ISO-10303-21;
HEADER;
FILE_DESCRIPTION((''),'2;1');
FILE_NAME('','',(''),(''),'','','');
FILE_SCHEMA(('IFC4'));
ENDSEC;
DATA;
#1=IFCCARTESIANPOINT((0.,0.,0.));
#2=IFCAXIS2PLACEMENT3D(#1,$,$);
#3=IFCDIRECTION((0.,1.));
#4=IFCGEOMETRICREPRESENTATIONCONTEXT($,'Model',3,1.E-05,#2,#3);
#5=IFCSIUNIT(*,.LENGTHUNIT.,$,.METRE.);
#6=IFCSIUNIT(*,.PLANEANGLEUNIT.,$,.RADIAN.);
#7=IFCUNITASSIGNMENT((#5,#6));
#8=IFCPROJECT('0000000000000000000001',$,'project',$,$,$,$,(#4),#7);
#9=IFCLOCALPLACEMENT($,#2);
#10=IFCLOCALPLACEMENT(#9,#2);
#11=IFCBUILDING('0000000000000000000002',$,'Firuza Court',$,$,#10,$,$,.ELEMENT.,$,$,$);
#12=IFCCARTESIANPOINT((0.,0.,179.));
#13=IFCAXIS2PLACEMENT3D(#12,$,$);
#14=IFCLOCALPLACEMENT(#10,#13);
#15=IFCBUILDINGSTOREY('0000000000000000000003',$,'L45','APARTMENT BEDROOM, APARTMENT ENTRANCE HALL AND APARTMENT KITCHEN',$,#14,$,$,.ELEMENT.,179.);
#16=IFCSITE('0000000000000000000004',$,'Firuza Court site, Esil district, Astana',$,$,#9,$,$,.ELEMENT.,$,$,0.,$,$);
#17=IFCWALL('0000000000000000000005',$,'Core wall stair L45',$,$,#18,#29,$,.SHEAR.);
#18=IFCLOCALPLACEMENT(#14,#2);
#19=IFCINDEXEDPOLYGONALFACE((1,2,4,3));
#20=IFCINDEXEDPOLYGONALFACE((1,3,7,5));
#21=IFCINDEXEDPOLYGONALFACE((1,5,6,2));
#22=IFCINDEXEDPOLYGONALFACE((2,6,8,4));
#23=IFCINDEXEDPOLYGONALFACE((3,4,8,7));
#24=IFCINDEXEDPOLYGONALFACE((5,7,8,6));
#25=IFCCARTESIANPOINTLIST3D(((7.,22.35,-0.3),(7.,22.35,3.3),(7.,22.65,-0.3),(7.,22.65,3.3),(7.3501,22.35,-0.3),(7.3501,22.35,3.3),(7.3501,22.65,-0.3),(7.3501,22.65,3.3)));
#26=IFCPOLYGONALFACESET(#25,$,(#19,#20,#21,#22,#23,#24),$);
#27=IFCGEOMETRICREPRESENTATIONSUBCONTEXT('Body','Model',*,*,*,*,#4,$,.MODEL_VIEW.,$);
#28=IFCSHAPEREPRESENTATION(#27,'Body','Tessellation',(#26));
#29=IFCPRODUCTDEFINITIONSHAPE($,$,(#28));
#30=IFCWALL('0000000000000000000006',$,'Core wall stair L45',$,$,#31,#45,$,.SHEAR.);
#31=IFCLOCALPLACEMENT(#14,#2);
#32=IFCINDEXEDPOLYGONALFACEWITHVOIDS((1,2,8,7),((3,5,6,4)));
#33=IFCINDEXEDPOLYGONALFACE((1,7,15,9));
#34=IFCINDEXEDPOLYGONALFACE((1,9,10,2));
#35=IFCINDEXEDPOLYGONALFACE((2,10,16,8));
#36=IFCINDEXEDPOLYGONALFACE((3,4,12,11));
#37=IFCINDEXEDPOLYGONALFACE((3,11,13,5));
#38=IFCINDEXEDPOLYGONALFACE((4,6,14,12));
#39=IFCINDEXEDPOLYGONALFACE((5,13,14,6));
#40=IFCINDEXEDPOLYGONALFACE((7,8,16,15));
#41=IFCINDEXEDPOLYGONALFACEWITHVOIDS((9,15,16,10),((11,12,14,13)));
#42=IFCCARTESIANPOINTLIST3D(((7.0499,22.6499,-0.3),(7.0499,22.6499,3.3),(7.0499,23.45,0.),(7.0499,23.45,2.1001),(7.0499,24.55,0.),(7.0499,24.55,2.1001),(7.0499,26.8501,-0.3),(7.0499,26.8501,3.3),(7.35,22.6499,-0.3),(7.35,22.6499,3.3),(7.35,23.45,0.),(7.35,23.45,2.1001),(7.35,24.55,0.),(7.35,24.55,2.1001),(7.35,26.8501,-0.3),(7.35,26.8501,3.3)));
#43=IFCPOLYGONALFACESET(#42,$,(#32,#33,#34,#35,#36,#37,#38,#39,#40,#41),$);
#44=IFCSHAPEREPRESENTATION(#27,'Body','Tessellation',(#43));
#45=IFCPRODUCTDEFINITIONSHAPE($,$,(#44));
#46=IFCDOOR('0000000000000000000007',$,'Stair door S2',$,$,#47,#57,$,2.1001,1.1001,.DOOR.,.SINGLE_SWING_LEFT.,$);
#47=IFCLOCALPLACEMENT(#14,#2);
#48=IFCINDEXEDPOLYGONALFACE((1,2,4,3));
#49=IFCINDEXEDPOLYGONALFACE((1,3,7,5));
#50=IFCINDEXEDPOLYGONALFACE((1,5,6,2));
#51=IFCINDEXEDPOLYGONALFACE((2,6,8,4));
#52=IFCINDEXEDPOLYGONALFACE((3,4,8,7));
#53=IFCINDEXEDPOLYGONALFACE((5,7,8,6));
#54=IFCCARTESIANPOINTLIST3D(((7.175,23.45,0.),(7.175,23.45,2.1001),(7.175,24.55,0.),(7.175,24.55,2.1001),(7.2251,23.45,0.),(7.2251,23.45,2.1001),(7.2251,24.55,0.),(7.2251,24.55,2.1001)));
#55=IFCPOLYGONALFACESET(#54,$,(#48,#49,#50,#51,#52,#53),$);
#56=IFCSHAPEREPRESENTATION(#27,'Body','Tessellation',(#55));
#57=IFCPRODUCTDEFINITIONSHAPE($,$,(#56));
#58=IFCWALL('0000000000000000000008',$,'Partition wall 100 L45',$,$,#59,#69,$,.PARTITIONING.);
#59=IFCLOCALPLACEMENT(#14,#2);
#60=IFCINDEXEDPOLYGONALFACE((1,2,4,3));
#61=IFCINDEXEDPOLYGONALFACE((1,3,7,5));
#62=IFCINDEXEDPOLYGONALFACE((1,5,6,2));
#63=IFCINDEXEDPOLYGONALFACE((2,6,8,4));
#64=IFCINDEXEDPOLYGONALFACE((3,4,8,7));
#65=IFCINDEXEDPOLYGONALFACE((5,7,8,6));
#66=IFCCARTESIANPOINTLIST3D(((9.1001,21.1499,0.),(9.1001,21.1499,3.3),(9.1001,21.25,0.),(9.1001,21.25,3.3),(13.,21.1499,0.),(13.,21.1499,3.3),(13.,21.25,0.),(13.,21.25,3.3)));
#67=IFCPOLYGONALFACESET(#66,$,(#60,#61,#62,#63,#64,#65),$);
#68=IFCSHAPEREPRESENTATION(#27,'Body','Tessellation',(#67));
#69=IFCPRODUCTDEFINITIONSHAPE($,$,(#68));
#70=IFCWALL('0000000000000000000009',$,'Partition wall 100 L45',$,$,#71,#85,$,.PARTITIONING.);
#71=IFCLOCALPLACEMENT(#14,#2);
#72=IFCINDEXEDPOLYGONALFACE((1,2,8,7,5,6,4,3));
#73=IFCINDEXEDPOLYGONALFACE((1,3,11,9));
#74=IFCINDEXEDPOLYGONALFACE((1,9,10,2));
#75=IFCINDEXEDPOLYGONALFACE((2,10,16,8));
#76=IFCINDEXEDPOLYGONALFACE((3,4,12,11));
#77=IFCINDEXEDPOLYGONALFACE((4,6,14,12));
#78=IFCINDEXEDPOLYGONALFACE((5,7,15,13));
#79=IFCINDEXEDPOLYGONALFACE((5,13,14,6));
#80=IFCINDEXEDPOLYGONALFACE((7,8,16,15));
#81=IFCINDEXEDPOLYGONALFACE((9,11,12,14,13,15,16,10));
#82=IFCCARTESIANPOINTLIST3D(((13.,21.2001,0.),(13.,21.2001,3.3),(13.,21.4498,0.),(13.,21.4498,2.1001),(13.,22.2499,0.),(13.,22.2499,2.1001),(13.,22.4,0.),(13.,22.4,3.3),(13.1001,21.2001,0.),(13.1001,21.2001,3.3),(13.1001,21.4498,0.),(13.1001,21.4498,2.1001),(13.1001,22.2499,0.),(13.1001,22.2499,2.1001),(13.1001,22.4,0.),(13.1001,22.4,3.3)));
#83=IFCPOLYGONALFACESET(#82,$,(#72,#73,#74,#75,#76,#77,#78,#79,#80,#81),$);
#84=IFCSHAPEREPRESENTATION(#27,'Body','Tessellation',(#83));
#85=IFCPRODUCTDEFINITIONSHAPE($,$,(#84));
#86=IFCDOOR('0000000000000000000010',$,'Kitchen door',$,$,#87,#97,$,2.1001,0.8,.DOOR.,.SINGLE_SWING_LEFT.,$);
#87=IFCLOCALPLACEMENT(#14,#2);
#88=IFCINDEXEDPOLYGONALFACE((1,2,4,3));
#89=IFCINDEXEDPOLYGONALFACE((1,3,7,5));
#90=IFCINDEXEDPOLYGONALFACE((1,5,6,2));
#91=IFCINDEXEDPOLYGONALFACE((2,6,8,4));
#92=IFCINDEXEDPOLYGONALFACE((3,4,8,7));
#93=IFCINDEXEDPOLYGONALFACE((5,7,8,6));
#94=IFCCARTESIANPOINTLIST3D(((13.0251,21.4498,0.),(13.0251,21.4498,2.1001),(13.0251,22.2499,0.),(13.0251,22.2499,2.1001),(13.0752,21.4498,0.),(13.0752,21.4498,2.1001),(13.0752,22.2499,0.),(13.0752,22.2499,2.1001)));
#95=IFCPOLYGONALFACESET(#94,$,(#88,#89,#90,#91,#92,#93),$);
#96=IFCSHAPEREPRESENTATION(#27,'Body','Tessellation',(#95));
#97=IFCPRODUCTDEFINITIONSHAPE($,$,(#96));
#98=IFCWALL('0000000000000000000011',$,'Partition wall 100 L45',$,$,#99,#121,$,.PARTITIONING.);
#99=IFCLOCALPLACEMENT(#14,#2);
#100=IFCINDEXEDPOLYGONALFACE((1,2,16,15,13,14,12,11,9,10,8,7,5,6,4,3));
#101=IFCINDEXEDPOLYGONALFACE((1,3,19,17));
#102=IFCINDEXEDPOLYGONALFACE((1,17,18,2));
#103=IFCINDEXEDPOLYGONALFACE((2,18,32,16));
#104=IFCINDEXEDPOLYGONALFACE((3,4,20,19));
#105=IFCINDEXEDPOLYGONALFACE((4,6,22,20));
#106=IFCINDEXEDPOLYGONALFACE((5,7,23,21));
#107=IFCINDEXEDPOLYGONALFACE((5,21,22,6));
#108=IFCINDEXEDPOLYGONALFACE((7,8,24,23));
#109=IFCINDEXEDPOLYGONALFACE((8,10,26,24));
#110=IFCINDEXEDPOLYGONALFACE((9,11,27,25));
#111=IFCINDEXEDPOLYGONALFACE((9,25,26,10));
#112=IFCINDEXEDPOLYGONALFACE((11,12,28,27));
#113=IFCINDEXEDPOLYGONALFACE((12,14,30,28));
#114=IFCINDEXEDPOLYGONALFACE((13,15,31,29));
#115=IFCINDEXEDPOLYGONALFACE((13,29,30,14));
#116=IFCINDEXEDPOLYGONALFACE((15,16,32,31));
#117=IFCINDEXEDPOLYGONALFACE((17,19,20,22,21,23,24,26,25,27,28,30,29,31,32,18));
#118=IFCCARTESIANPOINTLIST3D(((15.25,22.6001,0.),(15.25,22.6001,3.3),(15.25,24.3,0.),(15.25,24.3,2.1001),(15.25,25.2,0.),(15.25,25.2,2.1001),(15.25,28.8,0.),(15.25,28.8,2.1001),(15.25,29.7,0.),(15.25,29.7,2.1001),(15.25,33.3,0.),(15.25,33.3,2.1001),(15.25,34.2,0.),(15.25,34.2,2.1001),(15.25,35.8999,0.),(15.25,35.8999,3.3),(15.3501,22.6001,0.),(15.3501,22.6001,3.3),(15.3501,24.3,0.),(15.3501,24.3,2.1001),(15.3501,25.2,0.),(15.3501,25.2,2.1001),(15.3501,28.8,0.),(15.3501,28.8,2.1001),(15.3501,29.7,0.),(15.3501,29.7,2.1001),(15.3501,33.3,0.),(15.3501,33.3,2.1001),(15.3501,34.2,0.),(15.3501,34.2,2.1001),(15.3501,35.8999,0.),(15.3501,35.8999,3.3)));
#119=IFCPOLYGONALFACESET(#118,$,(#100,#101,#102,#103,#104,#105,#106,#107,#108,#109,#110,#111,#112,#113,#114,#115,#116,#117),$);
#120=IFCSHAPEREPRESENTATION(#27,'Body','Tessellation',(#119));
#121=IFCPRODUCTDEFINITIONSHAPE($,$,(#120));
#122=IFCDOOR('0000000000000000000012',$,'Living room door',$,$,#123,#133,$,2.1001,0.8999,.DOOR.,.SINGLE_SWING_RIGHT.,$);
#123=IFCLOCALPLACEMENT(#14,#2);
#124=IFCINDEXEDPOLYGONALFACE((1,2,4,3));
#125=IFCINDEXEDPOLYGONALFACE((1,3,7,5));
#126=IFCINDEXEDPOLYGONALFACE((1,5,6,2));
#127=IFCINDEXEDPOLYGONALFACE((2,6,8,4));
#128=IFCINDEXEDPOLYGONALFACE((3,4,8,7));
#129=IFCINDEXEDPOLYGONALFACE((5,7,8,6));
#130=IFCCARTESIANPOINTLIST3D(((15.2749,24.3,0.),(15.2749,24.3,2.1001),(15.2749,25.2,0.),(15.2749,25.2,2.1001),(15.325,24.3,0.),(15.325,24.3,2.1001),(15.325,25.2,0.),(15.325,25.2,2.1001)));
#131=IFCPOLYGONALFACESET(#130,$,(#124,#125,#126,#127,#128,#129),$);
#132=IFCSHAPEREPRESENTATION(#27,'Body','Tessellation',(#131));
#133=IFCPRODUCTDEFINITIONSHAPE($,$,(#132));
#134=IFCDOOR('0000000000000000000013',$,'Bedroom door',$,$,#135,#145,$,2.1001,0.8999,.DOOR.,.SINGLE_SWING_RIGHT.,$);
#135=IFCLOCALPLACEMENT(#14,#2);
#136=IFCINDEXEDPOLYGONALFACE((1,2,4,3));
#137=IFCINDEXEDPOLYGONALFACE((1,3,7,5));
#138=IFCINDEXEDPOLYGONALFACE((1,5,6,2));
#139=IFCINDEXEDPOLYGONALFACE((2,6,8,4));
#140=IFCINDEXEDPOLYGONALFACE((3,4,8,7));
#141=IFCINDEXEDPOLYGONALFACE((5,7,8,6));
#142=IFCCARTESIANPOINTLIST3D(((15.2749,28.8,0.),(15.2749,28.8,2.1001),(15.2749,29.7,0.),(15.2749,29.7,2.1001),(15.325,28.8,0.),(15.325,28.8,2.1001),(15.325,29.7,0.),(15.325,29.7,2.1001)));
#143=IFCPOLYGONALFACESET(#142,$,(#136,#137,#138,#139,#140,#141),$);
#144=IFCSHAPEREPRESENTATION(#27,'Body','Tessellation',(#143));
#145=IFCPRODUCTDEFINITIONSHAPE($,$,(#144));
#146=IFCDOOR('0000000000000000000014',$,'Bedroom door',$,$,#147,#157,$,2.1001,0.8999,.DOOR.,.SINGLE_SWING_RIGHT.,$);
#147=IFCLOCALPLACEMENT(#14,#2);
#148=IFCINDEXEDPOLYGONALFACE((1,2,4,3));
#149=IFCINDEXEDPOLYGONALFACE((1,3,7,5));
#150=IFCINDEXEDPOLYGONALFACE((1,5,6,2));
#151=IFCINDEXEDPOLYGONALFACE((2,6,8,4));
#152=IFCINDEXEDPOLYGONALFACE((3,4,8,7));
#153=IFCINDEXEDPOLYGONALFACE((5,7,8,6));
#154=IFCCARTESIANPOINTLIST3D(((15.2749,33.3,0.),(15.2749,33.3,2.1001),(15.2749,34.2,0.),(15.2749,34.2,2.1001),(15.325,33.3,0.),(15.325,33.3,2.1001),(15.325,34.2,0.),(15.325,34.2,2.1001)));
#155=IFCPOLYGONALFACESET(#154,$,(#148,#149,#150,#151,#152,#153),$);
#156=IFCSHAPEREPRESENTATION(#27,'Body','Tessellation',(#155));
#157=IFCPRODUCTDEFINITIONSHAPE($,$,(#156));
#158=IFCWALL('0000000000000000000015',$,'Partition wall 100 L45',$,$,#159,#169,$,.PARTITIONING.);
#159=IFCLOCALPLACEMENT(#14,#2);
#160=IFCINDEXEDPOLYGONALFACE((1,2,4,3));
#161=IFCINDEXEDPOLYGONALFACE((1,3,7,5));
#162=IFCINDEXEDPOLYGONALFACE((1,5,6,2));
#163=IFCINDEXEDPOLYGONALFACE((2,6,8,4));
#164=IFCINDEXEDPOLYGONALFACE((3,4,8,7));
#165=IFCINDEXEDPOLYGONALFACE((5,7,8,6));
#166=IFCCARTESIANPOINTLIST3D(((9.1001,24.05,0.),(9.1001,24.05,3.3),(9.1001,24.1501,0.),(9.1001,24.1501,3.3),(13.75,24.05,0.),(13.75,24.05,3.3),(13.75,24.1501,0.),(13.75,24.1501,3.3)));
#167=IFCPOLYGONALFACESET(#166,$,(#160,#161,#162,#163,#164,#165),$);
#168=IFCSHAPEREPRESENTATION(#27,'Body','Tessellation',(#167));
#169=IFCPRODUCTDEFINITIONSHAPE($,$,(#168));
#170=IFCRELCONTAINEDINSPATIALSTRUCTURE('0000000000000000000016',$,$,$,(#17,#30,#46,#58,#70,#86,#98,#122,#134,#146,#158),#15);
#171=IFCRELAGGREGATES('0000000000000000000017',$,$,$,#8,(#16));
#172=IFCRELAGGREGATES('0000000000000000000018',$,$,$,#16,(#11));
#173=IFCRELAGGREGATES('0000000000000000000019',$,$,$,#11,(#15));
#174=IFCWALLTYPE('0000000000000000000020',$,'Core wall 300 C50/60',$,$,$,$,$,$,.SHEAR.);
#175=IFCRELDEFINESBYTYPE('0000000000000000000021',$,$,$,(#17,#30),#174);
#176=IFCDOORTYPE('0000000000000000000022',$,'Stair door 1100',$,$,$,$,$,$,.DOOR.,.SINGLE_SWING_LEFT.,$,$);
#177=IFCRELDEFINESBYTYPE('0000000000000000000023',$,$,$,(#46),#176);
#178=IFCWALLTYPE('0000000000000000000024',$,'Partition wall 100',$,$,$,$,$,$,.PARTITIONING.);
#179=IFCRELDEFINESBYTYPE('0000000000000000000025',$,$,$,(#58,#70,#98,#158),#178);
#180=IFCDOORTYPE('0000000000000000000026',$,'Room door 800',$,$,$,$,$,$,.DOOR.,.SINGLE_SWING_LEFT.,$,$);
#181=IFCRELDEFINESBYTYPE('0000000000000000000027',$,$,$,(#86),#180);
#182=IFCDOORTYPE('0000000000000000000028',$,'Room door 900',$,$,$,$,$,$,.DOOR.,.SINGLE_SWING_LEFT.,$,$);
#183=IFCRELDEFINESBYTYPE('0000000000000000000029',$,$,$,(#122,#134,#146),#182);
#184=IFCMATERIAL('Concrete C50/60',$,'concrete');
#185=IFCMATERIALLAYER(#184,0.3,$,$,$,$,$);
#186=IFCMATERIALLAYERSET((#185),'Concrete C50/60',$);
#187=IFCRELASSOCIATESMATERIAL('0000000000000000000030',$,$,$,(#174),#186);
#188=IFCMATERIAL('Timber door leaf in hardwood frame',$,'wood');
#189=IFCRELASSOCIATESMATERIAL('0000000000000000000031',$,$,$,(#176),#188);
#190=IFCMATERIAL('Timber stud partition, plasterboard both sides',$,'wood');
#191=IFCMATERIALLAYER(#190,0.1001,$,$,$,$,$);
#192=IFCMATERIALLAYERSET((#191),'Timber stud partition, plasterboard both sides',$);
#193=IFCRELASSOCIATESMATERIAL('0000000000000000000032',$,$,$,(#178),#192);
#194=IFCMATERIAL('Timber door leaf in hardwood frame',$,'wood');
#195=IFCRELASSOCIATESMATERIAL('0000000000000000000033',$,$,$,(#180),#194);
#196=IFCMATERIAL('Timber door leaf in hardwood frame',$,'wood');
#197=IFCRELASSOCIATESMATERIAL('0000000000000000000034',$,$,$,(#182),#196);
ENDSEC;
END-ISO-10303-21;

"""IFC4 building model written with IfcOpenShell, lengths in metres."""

from ifc_helpers import new_model, si_unit, direction, frame, frame_2d, origin, place, context, subcontext, project, spatial, rectangle, extrude, material, layer, layer_set, type_object, element, fill, save


model = new_model("IFC4")

# Units and contexts
model_context = context("Model", 3, precision=1e-05, world=origin(), true_north=direction((0.0, 1.0)))
body_context = subcontext(model_context, "Body", "Model", "MODEL_VIEW")
ifc_project = project(units=[si_unit("LENGTHUNIT", "METRE"), si_unit("PLANEANGLEUNIT", "RADIAN")], contexts=[model_context])

# Site, building, storey
site_placement = place(None, origin())
site = spatial("IfcSite", under=ifc_project, at=site_placement, Name="Firuza Court site, Esil district, Astana", CompositionType="ELEMENT", RefElevation=0.0)
building_placement = place(site_placement, origin())
building = spatial("IfcBuilding", under=site, at=building_placement, Name="Firuza Court", CompositionType="ELEMENT")
storey_placement = place(building_placement, frame((0.0, 0.0, 179.0)))
storey = spatial("IfcBuildingStorey", under=building, at=storey_placement, Name="L45", Description="APARTMENT BEDROOM, APARTMENT ENTRANCE HALL AND APARTMENT KITCHEN", CompositionType="ELEMENT", Elevation=179.0)

# Wall
ifc_material_1 = material(Name="Concrete C50/60", Category="concrete")
ifc_layer_1 = layer(ifc_material_1, 0.3)
ifc_layer_set_1 = layer_set([ifc_layer_1], Name="Concrete C50/60")
wall_type_1 = type_object("IfcWallType", Name="Core wall 300 C50/60", PredefinedType="SHEAR", material=ifc_layer_set_1)
wall_1_placement = place(storey_placement, frame((7.0, 22.5, -0.3), z_axis=(0.0, 0.0, 1.0), x_axis=(1.0, 0.0, 0.0)))
element("IfcWall", 1, at=wall_1_placement, inside=storey, type_object=wall_type_1, Name="Core wall stair L45", PredefinedType="SHEAR", context=body_context, shape_type="SweptSolid", body=[
    extrude(rectangle(XDim=0.3501, YDim=0.3, at=frame_2d((0.175, 0.0))), origin(), (0.0, 0.0, 1.0), 3.6001),
])

# Wall, opening, door
wall_2_placement = place(storey_placement, frame((7.2, 22.6499, -0.3), z_axis=(0.0, 0.0, 1.0), x_axis=(0.0, 1.0, 0.0)))
wall_2 = element("IfcWall", 2, at=wall_2_placement, inside=storey, type_object=wall_type_1, Name="Core wall stair L45", PredefinedType="SHEAR", context=body_context, shape_type="SweptSolid", body=[
    extrude(rectangle(XDim=4.2002, YDim=0.3, at=frame_2d((2.1001, 0.0))), origin(), (0.0, 0.0, 1.0), 3.6001),
])
opening_1_placement = place(wall_2_placement, frame((0.8, 0.0, 0.3)))
opening_1 = element("IfcOpeningElement", 3, at=opening_1_placement, cuts=wall_2, PredefinedType="OPENING", context=body_context, shape_type="SweptSolid", body=[
    extrude(rectangle(XDim=1.1001, YDim=2.1001, at=frame_2d((0.55, 1.05))), frame((0.0, 0.1621, 0.0), z_axis=(0.0, -1.0, 0.0), x_axis=(1.0, 0.0, 0.0)), (0.0, 0.0, 1.0), 0.324),
])
ifc_material_2 = material(Name="Timber door leaf in hardwood frame", Category="wood")
door_type_1 = type_object("IfcDoorType", Name="Stair door 1100", OperationType="SINGLE_SWING_LEFT", PredefinedType="DOOR", material=ifc_material_2)
door_1_placement = place(opening_1_placement, origin())
door_1 = element("IfcDoor", 4, at=door_1_placement, inside=storey, type_object=door_type_1, Name="Stair door S2", OperationType="SINGLE_SWING_LEFT", OverallHeight=2.1001, OverallWidth=1.1001, PredefinedType="DOOR", context=body_context, shape_type="SweptSolid", body=[
    extrude(rectangle(XDim=1.1001, YDim=2.1001, at=frame_2d((0.55, 1.05))), frame((0.0, 0.0249, 0.0), z_axis=(0.0, -1.0, 0.0), x_axis=(1.0, 0.0, 0.0)), (0.0, 0.0, 1.0), 0.05),
])
fill(opening_1, door_1)

# Wall
ifc_material_3 = material(Name="Timber stud partition, plasterboard both sides", Category="wood")
ifc_layer_2 = layer(ifc_material_3, 0.1001)
ifc_layer_set_2 = layer_set([ifc_layer_2], Name="Timber stud partition, plasterboard both sides")
wall_type_2 = type_object("IfcWallType", Name="Partition wall 100", PredefinedType="PARTITIONING", material=ifc_layer_set_2)
wall_3_placement = place(storey_placement, frame((9.1001, 21.2, 0.0), z_axis=(0.0, 0.0, 1.0), x_axis=(1.0, 0.0, 0.0)))
element("IfcWall", 5, at=wall_3_placement, inside=storey, type_object=wall_type_2, Name="Partition wall 100 L45", PredefinedType="PARTITIONING", context=body_context, shape_type="SweptSolid", body=[
    extrude(rectangle(XDim=3.8999, YDim=0.1001, at=frame_2d((1.95, 0.0))), origin(), (0.0, 0.0, 1.0), 3.3),
])

# Wall, opening, door
wall_4_placement = place(storey_placement, frame((13.05, 21.2, 0.0), z_axis=(0.0, 0.0, 1.0), x_axis=(0.0, 1.0, 0.0)))
wall_4 = element("IfcWall", 6, at=wall_4_placement, inside=storey, type_object=wall_type_2, Name="Partition wall 100 L45", PredefinedType="PARTITIONING", context=body_context, shape_type="SweptSolid", body=[
    extrude(rectangle(XDim=1.2, YDim=0.1001, at=frame_2d((0.6001, 0.0))), origin(), (0.0, 0.0, 1.0), 3.3),
])
opening_2_placement = place(wall_4_placement, frame((0.25, 0.0, 0.0)))
opening_2 = element("IfcOpeningElement", 7, at=opening_2_placement, cuts=wall_4, PredefinedType="OPENING", context=body_context, shape_type="SweptSolid", body=[
    extrude(rectangle(XDim=0.8, YDim=2.1001, at=frame_2d((0.3999, 1.05))), frame((0.0, 0.062, 0.0), z_axis=(0.0, -1.0, 0.0), x_axis=(1.0, 0.0, 0.0)), (0.0, 0.0, 1.0), 0.124),
])
ifc_material_4 = material(Name="Timber door leaf in hardwood frame", Category="wood")
door_type_2 = type_object("IfcDoorType", Name="Room door 800", OperationType="SINGLE_SWING_LEFT", PredefinedType="DOOR", material=ifc_material_4)
door_2_placement = place(opening_2_placement, origin())
door_2 = element("IfcDoor", 8, at=door_2_placement, inside=storey, type_object=door_type_2, Name="Kitchen door", OperationType="SINGLE_SWING_LEFT", OverallHeight=2.1001, OverallWidth=0.8, PredefinedType="DOOR", context=body_context, shape_type="SweptSolid", body=[
    extrude(rectangle(XDim=0.8, YDim=2.1001, at=frame_2d((0.3999, 1.05))), frame((0.0, 0.0249, 0.0), z_axis=(0.0, -1.0, 0.0), x_axis=(1.0, 0.0, 0.0)), (0.0, 0.0, 1.0), 0.05),
])
fill(opening_2, door_2)

# Wall, openings, doors
wall_5_placement = place(storey_placement, frame((15.3, 22.6001, 0.0), z_axis=(0.0, 0.0, 1.0), x_axis=(0.0, 1.0, 0.0)))
wall_5 = element("IfcWall", 9, at=wall_5_placement, inside=storey, type_object=wall_type_2, Name="Partition wall 100 L45", PredefinedType="PARTITIONING", context=body_context, shape_type="SweptSolid", body=[
    extrude(rectangle(XDim=13.2998, YDim=0.1001, at=frame_2d((6.6499, 0.0))), origin(), (0.0, 0.0, 1.0), 3.3),
])
opening_3_placement = place(wall_5_placement, frame((1.7, 0.0, 0.0)))
opening_3 = element("IfcOpeningElement", 10, at=opening_3_placement, cuts=wall_5, PredefinedType="OPENING", context=body_context, shape_type="SweptSolid", body=[
    extrude(rectangle(XDim=0.8999, YDim=2.1001, at=frame_2d((0.45, 1.05))), frame((0.0, 0.062, 0.0), z_axis=(0.0, -1.0, 0.0), x_axis=(1.0, 0.0, 0.0)), (0.0, 0.0, 1.0), 0.124),
])
opening_4_placement = place(wall_5_placement, frame((6.2, 0.0, 0.0)))
opening_4 = element("IfcOpeningElement", 11, at=opening_4_placement, cuts=wall_5, PredefinedType="OPENING", context=body_context, shape_type="SweptSolid", body=[
    extrude(rectangle(XDim=0.8999, YDim=2.1001, at=frame_2d((0.45, 1.05))), frame((0.0, 0.062, 0.0), z_axis=(0.0, -1.0, 0.0), x_axis=(1.0, 0.0, 0.0)), (0.0, 0.0, 1.0), 0.124),
])
opening_5_placement = place(wall_5_placement, frame((10.7, 0.0, 0.0)))
opening_5 = element("IfcOpeningElement", 12, at=opening_5_placement, cuts=wall_5, PredefinedType="OPENING", context=body_context, shape_type="SweptSolid", body=[
    extrude(rectangle(XDim=0.8999, YDim=2.1001, at=frame_2d((0.45, 1.05))), frame((0.0, 0.062, 0.0), z_axis=(0.0, -1.0, 0.0), x_axis=(1.0, 0.0, 0.0)), (0.0, 0.0, 1.0), 0.124),
])
ifc_material_5 = material(Name="Timber door leaf in hardwood frame", Category="wood")
door_type_3 = type_object("IfcDoorType", Name="Room door 900", OperationType="SINGLE_SWING_LEFT", PredefinedType="DOOR", material=ifc_material_5)
door_3_placement = place(opening_3_placement, frame((0.8999, 0.0, 0.0), z_axis=(0.0, 0.0, 1.0), x_axis=(-1.0, 0.0, 0.0)))
door_3 = element("IfcDoor", 13, at=door_3_placement, inside=storey, type_object=door_type_3, Name="Living room door", OperationType="SINGLE_SWING_RIGHT", OverallHeight=2.1001, OverallWidth=0.8999, PredefinedType="DOOR", context=body_context, shape_type="SweptSolid", body=[
    extrude(rectangle(XDim=0.8999, YDim=2.1001, at=frame_2d((0.45, 1.05))), frame((0.0, 0.0249, 0.0), z_axis=(0.0, -1.0, 0.0), x_axis=(1.0, 0.0, 0.0)), (0.0, 0.0, 1.0), 0.05),
])
fill(opening_3, door_3)
door_4_placement = place(opening_4_placement, frame((0.8999, 0.0, 0.0), z_axis=(0.0, 0.0, 1.0), x_axis=(-1.0, 0.0, 0.0)))
door_4 = element("IfcDoor", 14, at=door_4_placement, inside=storey, type_object=door_type_3, Name="Bedroom door", OperationType="SINGLE_SWING_RIGHT", OverallHeight=2.1001, OverallWidth=0.8999, PredefinedType="DOOR", context=body_context, shape_type="SweptSolid", body=[
    extrude(rectangle(XDim=0.8999, YDim=2.1001, at=frame_2d((0.45, 1.05))), frame((0.0, 0.0249, 0.0), z_axis=(0.0, -1.0, 0.0), x_axis=(1.0, 0.0, 0.0)), (0.0, 0.0, 1.0), 0.05),
])
fill(opening_4, door_4)
door_5_placement = place(opening_5_placement, frame((0.8999, 0.0, 0.0), z_axis=(0.0, 0.0, 1.0), x_axis=(-1.0, 0.0, 0.0)))
door_5 = element("IfcDoor", 15, at=door_5_placement, inside=storey, type_object=door_type_3, Name="Bedroom door", OperationType="SINGLE_SWING_RIGHT", OverallHeight=2.1001, OverallWidth=0.8999, PredefinedType="DOOR", context=body_context, shape_type="SweptSolid", body=[
    extrude(rectangle(XDim=0.8999, YDim=2.1001, at=frame_2d((0.45, 1.05))), frame((0.0, 0.0249, 0.0), z_axis=(0.0, -1.0, 0.0), x_axis=(1.0, 0.0, 0.0)), (0.0, 0.0, 1.0), 0.05),
])
fill(opening_5, door_5)

# Wall
wall_6_placement = place(storey_placement, frame((9.1001, 24.1001, 0.0), z_axis=(0.0, 0.0, 1.0), x_axis=(1.0, 0.0, 0.0)))
element("IfcWall", 16, at=wall_6_placement, inside=storey, type_object=wall_type_2, Name="Partition wall 100 L45", PredefinedType="PARTITIONING", context=body_context, shape_type="SweptSolid", body=[
    extrude(rectangle(XDim=4.6499, YDim=0.1001, at=frame_2d((2.325, 0.0))), origin(), (0.0, 0.0, 1.0), 3.3),
])

save(model, "model.ifc")
